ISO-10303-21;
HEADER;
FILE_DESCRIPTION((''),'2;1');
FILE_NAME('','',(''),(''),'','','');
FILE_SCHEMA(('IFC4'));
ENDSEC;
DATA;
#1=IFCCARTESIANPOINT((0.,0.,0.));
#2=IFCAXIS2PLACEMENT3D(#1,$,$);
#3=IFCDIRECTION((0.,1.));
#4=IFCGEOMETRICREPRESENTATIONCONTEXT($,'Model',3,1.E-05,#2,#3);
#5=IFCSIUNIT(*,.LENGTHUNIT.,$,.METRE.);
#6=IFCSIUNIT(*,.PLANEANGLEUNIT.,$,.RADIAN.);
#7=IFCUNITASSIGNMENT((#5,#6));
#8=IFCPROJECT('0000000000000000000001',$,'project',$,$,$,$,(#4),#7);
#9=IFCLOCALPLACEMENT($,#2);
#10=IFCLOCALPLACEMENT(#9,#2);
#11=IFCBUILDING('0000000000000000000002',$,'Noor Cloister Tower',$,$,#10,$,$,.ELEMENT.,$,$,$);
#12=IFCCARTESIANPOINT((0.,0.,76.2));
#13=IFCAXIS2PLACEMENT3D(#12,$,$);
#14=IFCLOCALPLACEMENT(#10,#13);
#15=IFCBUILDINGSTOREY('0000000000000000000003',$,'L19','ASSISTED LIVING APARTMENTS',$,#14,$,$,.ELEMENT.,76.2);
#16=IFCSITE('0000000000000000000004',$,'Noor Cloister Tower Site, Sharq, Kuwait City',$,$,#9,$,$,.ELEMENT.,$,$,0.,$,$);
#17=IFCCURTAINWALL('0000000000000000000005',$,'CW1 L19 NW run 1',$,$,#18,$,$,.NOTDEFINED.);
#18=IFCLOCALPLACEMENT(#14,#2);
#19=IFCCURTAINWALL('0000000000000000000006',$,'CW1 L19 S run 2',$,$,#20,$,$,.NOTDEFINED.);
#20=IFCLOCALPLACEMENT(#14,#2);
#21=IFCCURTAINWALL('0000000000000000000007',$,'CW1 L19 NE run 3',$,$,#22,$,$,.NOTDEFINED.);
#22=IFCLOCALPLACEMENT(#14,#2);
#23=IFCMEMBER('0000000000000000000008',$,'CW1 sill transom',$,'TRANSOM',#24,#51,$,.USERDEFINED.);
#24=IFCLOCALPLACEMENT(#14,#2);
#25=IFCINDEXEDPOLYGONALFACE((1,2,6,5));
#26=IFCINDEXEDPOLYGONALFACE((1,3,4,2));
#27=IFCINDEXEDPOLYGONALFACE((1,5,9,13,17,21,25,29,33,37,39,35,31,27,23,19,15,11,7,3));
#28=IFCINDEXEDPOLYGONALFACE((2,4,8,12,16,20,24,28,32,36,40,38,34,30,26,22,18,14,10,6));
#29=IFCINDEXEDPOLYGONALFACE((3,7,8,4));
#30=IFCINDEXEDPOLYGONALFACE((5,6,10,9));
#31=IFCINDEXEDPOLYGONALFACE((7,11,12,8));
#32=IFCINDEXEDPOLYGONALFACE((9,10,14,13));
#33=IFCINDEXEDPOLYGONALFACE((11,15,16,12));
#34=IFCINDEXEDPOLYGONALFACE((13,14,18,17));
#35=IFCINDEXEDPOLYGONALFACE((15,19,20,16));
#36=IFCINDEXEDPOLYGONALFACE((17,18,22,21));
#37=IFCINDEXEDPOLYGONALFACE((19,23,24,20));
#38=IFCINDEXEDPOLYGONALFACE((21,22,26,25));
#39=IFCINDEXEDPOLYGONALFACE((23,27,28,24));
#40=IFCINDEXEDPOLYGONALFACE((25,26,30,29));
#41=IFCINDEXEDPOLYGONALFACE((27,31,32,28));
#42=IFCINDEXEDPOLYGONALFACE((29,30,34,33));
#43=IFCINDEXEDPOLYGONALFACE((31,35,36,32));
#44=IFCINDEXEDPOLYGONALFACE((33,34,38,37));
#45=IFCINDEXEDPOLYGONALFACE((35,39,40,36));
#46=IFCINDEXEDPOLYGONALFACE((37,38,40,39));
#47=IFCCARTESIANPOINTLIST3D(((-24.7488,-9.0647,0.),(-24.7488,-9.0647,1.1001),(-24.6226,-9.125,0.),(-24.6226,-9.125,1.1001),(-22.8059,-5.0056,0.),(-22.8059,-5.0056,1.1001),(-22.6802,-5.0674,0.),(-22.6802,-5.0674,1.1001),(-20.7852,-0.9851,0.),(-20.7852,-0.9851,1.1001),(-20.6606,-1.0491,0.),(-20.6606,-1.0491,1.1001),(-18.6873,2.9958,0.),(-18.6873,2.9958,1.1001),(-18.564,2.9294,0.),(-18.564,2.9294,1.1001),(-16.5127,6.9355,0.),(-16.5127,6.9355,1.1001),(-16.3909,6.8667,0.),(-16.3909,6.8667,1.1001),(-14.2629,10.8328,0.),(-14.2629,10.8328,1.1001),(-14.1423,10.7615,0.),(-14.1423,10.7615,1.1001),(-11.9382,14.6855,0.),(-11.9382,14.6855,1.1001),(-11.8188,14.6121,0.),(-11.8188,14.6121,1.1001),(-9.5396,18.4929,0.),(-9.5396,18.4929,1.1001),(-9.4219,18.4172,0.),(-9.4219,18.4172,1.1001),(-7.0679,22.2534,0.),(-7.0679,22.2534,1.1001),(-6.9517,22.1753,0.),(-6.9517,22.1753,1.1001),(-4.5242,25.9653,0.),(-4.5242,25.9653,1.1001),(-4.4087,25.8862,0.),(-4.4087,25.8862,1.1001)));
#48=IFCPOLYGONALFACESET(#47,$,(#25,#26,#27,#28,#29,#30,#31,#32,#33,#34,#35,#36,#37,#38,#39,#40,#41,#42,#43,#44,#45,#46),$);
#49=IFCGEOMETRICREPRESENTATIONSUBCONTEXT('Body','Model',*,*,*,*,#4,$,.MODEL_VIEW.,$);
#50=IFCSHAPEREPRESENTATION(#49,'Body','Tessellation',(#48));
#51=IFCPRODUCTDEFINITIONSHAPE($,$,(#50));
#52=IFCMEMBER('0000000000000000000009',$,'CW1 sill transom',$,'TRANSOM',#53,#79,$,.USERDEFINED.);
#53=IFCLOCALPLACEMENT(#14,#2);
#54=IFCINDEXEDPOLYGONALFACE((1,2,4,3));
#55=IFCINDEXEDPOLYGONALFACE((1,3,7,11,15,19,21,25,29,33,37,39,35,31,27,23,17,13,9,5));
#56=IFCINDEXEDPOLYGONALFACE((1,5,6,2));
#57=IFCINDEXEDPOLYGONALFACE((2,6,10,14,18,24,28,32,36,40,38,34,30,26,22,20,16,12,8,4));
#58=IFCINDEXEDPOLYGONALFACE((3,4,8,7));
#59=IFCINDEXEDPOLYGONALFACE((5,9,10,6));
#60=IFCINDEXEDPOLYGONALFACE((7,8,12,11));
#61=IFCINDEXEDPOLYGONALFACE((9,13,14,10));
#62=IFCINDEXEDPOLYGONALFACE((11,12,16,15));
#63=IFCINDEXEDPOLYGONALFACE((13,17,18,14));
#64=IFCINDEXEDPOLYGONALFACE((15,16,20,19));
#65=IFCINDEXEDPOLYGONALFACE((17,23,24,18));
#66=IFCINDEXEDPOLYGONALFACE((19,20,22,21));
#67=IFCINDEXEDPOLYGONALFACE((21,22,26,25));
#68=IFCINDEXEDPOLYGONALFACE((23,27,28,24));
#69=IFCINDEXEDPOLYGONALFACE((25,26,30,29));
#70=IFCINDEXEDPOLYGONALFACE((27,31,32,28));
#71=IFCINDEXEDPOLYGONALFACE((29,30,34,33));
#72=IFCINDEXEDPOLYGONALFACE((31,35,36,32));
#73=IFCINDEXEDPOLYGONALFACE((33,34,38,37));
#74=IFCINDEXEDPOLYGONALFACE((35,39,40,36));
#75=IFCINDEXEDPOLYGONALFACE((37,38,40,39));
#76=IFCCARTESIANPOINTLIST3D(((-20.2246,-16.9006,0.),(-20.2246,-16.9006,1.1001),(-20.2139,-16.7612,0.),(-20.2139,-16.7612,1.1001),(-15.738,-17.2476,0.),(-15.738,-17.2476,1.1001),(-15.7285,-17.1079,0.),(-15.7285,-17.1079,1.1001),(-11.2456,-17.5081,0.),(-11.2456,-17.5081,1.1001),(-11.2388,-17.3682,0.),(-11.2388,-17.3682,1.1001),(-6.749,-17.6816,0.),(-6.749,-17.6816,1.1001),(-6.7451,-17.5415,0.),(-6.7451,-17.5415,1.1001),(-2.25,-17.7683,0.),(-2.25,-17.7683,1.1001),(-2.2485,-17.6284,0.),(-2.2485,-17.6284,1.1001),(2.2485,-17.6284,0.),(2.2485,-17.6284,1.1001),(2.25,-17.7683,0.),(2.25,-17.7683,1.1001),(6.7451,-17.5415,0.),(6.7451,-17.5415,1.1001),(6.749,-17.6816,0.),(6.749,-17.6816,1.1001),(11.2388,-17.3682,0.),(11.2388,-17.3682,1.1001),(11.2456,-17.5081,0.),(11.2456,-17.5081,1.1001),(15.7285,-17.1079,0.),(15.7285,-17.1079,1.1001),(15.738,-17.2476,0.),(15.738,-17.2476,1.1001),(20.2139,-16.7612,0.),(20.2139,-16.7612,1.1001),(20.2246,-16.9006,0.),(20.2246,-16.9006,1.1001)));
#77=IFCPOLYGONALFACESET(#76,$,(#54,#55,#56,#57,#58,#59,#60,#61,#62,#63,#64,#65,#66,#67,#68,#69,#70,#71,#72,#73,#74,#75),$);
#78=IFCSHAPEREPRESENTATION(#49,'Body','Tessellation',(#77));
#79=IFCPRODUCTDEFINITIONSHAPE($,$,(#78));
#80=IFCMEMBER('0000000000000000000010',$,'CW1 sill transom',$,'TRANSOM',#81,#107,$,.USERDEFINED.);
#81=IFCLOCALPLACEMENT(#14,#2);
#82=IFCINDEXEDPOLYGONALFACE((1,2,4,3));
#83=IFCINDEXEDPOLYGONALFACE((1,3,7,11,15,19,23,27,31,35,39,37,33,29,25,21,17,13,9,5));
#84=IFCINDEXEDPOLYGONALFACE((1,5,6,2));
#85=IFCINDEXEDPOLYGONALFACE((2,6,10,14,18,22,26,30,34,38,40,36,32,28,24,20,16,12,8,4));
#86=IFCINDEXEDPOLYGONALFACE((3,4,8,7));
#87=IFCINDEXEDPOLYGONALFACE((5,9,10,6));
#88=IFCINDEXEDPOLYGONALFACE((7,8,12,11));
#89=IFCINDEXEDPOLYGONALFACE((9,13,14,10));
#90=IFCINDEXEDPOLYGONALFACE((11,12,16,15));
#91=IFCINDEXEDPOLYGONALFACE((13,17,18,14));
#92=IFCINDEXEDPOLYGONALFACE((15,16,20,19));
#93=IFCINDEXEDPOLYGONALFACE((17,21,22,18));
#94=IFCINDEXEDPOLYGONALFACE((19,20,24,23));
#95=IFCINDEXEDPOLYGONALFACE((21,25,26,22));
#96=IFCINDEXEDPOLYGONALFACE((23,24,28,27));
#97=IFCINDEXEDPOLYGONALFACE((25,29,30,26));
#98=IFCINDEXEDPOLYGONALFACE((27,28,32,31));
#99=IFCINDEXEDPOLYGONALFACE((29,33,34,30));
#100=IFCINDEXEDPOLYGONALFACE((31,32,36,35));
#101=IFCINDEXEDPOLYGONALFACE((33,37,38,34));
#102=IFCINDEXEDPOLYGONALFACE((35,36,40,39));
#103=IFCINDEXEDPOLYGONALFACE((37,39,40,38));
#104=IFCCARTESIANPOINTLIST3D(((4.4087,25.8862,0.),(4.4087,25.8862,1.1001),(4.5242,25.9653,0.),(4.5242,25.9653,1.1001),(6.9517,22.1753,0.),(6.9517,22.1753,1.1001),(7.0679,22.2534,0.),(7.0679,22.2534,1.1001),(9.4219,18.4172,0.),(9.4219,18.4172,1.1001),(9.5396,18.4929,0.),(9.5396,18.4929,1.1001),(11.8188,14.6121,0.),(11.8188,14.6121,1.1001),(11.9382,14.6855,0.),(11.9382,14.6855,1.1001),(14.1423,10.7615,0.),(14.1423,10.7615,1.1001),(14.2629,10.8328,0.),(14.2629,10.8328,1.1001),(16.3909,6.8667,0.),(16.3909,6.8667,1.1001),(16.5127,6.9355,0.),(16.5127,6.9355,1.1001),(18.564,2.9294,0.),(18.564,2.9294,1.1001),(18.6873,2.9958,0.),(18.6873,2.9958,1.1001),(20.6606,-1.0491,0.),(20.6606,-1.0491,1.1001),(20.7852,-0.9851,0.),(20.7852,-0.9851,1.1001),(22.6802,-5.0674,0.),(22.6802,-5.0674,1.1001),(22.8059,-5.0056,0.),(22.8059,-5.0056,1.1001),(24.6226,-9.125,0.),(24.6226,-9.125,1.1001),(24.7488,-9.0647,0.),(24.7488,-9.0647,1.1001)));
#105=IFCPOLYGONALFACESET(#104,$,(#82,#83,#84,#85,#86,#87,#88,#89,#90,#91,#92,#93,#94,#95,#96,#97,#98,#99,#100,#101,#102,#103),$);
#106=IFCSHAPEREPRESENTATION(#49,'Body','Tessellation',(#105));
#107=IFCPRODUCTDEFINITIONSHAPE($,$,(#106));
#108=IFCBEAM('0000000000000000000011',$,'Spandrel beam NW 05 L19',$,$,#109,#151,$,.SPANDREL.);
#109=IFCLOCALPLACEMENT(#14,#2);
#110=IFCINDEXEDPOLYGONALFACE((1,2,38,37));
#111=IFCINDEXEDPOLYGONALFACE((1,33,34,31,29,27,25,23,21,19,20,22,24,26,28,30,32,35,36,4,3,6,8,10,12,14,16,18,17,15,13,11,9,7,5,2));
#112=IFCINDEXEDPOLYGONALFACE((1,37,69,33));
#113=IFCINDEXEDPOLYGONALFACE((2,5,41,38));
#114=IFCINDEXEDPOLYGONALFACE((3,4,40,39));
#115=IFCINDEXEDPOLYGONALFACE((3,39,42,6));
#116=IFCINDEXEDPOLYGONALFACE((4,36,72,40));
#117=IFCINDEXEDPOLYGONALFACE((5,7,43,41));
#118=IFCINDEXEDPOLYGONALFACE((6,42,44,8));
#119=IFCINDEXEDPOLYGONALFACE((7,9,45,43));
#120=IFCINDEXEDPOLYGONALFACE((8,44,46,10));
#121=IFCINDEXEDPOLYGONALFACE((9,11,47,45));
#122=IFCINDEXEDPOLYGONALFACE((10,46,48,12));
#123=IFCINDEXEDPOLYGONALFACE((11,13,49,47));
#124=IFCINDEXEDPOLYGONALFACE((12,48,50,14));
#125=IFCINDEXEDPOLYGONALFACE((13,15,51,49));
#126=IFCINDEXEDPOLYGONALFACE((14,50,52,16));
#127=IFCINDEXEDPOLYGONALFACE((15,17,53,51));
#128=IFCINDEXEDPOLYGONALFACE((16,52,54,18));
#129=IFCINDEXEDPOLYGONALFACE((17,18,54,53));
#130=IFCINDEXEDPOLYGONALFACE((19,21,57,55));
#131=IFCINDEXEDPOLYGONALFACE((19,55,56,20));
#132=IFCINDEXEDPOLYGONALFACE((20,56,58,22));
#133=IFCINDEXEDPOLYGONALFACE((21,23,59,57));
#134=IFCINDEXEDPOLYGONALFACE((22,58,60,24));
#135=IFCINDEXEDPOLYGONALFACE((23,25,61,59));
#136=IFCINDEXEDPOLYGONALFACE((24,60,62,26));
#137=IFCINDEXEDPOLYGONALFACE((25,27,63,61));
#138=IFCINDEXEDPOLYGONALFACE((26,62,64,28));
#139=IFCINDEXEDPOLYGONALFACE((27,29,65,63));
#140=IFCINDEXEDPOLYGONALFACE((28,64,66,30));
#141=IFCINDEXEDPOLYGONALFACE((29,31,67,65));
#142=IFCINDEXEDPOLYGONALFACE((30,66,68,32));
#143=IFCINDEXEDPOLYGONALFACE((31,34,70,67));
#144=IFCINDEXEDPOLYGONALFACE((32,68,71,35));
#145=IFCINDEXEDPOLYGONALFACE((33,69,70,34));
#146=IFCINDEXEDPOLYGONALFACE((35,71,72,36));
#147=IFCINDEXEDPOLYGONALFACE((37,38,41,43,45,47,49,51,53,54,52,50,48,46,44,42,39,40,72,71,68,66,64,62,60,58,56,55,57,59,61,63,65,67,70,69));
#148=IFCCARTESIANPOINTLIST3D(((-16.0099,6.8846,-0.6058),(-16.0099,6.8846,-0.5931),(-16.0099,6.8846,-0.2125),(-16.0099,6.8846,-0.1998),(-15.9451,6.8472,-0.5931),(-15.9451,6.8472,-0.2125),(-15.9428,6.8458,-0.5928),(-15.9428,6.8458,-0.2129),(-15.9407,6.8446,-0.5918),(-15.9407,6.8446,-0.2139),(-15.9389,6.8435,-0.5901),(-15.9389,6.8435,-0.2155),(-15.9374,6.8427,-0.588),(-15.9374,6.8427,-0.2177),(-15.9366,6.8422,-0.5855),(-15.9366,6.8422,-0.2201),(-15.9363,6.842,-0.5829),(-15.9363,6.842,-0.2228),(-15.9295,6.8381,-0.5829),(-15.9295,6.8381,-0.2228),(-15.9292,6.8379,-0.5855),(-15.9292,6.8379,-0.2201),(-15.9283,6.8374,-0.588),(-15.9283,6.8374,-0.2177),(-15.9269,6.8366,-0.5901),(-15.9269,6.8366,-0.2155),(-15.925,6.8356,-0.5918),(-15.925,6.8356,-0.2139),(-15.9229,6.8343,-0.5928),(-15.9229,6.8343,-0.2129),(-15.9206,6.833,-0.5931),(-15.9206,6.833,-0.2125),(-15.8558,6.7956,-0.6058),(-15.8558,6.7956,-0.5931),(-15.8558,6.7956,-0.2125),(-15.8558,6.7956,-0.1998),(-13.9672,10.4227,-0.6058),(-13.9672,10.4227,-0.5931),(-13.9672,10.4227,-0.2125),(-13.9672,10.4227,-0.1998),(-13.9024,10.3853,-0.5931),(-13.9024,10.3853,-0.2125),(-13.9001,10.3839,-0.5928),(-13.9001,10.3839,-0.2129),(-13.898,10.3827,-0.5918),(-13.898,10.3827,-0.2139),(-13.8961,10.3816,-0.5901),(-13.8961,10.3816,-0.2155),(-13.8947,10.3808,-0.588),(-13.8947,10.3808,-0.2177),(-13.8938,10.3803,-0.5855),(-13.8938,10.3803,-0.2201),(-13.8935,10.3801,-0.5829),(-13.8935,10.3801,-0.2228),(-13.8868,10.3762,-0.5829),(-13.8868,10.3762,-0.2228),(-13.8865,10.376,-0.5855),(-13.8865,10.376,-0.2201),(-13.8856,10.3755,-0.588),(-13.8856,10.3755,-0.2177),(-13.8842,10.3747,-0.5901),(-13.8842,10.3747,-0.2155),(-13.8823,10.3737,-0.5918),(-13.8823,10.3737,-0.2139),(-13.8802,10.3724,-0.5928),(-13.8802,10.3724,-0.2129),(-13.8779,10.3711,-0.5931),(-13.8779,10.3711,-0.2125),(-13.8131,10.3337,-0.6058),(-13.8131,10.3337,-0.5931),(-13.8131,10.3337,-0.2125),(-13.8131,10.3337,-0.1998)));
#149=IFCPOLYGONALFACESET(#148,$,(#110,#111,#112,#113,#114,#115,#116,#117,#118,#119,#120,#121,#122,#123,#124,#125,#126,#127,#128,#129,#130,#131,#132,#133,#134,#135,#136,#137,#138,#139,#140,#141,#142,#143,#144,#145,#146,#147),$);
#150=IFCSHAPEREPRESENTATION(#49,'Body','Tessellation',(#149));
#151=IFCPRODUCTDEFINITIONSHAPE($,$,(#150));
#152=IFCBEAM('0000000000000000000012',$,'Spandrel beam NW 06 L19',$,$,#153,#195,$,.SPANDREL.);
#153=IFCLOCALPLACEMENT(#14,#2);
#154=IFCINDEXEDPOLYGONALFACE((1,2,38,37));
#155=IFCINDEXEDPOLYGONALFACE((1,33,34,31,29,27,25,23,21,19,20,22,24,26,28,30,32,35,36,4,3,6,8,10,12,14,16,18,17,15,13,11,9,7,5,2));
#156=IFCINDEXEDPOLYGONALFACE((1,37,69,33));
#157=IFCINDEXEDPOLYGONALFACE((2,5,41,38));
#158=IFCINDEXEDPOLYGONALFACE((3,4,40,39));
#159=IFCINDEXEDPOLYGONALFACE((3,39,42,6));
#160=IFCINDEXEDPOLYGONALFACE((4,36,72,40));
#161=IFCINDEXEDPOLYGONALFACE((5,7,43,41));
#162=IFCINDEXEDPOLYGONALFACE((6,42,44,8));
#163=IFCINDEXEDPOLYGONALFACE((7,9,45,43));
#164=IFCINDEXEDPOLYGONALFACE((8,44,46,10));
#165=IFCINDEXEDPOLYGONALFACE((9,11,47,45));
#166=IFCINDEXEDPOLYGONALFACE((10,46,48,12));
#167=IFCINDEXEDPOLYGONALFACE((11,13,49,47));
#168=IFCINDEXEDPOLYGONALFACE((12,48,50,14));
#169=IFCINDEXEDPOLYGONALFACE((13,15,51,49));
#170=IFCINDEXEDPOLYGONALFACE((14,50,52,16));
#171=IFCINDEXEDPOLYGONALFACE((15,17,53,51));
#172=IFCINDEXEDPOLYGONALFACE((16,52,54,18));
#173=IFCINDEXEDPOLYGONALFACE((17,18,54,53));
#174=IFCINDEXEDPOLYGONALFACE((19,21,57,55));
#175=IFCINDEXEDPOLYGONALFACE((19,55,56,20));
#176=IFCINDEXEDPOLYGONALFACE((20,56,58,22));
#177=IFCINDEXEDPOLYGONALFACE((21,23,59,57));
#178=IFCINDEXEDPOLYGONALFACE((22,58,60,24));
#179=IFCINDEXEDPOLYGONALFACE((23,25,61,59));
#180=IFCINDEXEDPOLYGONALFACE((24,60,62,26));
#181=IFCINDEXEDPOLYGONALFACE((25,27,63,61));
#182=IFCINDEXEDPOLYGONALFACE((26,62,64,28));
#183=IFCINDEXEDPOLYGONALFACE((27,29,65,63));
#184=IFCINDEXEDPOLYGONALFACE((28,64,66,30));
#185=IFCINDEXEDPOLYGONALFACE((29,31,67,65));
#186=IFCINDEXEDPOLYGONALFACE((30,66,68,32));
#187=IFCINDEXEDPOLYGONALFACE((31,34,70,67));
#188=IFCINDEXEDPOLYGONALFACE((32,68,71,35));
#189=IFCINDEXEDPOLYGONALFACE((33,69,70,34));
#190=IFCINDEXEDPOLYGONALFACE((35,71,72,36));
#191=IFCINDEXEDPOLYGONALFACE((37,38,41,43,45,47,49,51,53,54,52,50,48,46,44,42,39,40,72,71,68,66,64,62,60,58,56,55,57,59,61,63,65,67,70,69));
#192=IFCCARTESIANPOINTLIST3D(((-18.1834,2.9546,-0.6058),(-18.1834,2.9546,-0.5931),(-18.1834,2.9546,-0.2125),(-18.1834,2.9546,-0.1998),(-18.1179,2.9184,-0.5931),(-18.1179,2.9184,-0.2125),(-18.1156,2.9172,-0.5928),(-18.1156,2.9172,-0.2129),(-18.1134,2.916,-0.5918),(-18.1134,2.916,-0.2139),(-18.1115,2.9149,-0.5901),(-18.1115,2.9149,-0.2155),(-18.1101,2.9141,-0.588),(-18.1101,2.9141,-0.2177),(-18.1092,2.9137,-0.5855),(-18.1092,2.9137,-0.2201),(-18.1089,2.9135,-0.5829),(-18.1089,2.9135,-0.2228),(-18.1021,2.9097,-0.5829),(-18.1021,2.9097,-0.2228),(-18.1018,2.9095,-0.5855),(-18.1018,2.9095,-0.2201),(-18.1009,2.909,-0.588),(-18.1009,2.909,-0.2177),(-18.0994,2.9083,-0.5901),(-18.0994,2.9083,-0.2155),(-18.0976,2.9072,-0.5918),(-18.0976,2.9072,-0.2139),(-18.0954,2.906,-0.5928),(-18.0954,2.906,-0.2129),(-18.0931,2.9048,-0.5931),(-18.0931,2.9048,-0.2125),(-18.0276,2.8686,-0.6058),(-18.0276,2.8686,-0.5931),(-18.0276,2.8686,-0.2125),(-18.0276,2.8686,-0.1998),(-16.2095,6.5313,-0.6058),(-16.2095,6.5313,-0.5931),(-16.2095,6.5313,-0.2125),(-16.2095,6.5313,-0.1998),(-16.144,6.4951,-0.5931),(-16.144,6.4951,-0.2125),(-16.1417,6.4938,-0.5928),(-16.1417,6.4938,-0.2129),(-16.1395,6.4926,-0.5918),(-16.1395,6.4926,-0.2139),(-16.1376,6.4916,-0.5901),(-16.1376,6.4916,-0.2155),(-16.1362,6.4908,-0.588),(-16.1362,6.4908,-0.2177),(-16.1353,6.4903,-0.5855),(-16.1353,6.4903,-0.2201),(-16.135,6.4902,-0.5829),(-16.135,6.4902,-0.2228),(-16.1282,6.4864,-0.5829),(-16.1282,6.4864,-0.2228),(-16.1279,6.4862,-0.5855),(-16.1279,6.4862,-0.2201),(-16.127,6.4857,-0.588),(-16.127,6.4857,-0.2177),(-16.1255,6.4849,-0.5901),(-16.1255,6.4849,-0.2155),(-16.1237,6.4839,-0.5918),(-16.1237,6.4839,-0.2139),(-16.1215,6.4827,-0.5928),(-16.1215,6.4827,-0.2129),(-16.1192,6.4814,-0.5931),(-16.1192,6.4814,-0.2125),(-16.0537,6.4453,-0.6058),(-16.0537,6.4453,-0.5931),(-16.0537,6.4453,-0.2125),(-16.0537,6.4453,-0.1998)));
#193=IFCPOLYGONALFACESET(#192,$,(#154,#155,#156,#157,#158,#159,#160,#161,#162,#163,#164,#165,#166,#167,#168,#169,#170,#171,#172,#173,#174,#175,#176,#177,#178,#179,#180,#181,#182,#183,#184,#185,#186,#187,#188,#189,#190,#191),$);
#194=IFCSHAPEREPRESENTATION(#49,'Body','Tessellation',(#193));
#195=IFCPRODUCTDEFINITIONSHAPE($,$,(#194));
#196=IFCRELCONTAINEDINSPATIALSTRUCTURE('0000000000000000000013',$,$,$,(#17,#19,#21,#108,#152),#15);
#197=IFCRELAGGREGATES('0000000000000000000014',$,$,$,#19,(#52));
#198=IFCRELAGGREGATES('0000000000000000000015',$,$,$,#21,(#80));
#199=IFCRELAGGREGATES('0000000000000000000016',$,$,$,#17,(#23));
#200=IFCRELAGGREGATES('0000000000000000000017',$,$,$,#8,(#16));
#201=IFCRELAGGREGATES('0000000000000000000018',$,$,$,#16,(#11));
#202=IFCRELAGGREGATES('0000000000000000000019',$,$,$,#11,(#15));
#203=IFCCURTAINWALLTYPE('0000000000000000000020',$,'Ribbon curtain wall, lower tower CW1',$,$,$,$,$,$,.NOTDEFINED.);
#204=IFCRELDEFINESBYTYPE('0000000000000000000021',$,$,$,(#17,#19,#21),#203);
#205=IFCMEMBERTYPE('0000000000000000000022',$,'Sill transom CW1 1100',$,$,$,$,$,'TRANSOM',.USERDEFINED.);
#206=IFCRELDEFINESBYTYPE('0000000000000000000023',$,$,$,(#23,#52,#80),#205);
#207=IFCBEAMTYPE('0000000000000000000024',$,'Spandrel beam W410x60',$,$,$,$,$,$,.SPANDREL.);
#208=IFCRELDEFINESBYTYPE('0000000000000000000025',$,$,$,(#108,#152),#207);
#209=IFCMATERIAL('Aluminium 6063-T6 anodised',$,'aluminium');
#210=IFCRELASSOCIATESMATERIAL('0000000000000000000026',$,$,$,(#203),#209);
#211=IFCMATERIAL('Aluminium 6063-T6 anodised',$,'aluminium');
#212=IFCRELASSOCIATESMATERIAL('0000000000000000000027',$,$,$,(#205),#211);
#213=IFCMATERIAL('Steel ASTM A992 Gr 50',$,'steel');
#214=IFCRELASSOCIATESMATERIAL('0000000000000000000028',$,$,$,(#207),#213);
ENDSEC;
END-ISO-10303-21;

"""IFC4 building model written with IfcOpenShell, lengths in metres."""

from ifc_helpers import new_model, si_unit, direction, frame, origin, origin_2d, place, context, subcontext, project, spatial, polyline, i_section, outline, extrude, material, material_profile, profile_set, type_object, element, aggregate, save


model = new_model("IFC4")

# Units and contexts
model_context = context("Model", 3, precision=1e-05, world=origin(), true_north=direction((0.0, 1.0)))
body_context = subcontext(model_context, "Body", "Model", "MODEL_VIEW")
ifc_project = project(units=[si_unit("LENGTHUNIT", "METRE"), si_unit("PLANEANGLEUNIT", "RADIAN")], contexts=[model_context])

# Site, building, storey
site_placement = place(None, origin())
site = spatial("IfcSite", under=ifc_project, at=site_placement, Name="Noor Cloister Tower Site, Sharq, Kuwait City", CompositionType="ELEMENT", RefElevation=0.0)
building_placement = place(site_placement, origin())
building = spatial("IfcBuilding", under=site, at=building_placement, Name="Noor Cloister Tower", CompositionType="ELEMENT")
storey_placement = place(building_placement, frame((0.0, 0.0, 76.2)))
storey = spatial("IfcBuildingStorey", under=building, at=storey_placement, Name="L19", Description="ASSISTED LIVING APARTMENTS", CompositionType="ELEMENT", Elevation=76.2)

# Curtain walls
ifc_material_1 = material(Name="Aluminium 6063-T6 anodised", Category="aluminium")
curtain_wall_type = type_object("IfcCurtainWallType", Name="Ribbon curtain wall, lower tower CW1", PredefinedType="NOTDEFINED", material=ifc_material_1)
curtain_wall_1_placement = place(storey_placement, origin())
curtain_wall_1 = element("IfcCurtainWall", 1, at=curtain_wall_1_placement, inside=storey, type_object=curtain_wall_type, Name="CW1 L19 NW run 1", PredefinedType="NOTDEFINED")
curtain_wall_2_placement = place(storey_placement, origin())
curtain_wall_2 = element("IfcCurtainWall", 2, at=curtain_wall_2_placement, inside=storey, type_object=curtain_wall_type, Name="CW1 L19 S run 2", PredefinedType="NOTDEFINED")
curtain_wall_3_placement = place(storey_placement, origin())
curtain_wall_3 = element("IfcCurtainWall", 3, at=curtain_wall_3_placement, inside=storey, type_object=curtain_wall_type, Name="CW1 L19 NE run 3", PredefinedType="NOTDEFINED")

# Members
ifc_material_2 = material(Name="Aluminium 6063-T6 anodised", Category="aluminium")
member_type_1 = type_object("IfcMemberType", Name="Sill transom CW1 1100", ElementType="TRANSOM", PredefinedType="USERDEFINED", material=ifc_material_2)
member_1_placement = place(storey_placement, origin())
member_1 = element("IfcMember", 4, at=member_1_placement, type_object=member_type_1, Name="CW1 sill transom", ObjectType="TRANSOM", PredefinedType="USERDEFINED", context=body_context, shape_type="SweptSolid", body=[
    extrude(outline(polyline([(-4.5242, 25.9653), (-7.0679, 22.2534), (-9.5396, 18.4929), (-11.9382, 14.6855), (-14.2629, 10.8328), (-16.5127, 6.9355), (-18.6873, 2.9958), (-20.7852, -0.9851), (-22.8059, -5.0056), (-24.7488, -9.0647), (-24.6226, -9.125), (-22.6802, -5.0674), (-20.6606, -1.0491), (-18.564, 2.9294), (-16.3909, 6.8667), (-14.1423, 10.7615), (-11.8188, 14.6121), (-9.4219, 18.4172), (-6.9517, 22.1753), (-4.4087, 25.8862), (-4.5242, 25.9653)])), origin(), (0.0, 0.0, 1.0), 1.1001),
])
member_2_placement = place(storey_placement, origin())
member_2 = element("IfcMember", 5, at=member_2_placement, type_object=member_type_1, Name="CW1 sill transom", ObjectType="TRANSOM", PredefinedType="USERDEFINED", context=body_context, shape_type="SweptSolid", body=[
    extrude(outline(polyline([(-20.2246, -16.9006), (-15.738, -17.2476), (-11.2456, -17.5081), (-6.749, -17.6816), (-2.25, -17.7683), (2.25, -17.7683), (6.749, -17.6816), (11.2456, -17.5081), (15.738, -17.2476), (20.2246, -16.9006), (20.2139, -16.7612), (15.7285, -17.1079), (11.2388, -17.3682), (6.7451, -17.5415), (2.2485, -17.6284), (-2.2485, -17.6284), (-6.7451, -17.5415), (-11.2388, -17.3682), (-15.7285, -17.1079), (-20.2139, -16.7612), (-20.2246, -16.9006)])), origin(), (0.0, 0.0, 1.0), 1.1001),
])
aggregate(curtain_wall_2, [member_2])
member_3_placement = place(storey_placement, origin())
member_3 = element("IfcMember", 6, at=member_3_placement, type_object=member_type_1, Name="CW1 sill transom", ObjectType="TRANSOM", PredefinedType="USERDEFINED", context=body_context, shape_type="SweptSolid", body=[
    extrude(outline(polyline([(24.7488, -9.0647), (22.8059, -5.0056), (20.7852, -0.9851), (18.6873, 2.9958), (16.5127, 6.9355), (14.2629, 10.8328), (11.9382, 14.6855), (9.5396, 18.4929), (7.0679, 22.2534), (4.5242, 25.9653), (4.4087, 25.8862), (6.9517, 22.1753), (9.4219, 18.4172), (11.8188, 14.6121), (14.1423, 10.7615), (16.3909, 6.8667), (18.564, 2.9294), (20.6606, -1.0491), (22.6802, -5.0674), (24.6226, -9.125), (24.7488, -9.0647)])), origin(), (0.0, 0.0, 1.0), 1.1001),
])
aggregate(curtain_wall_3, [member_3])

# Beams
ifc_material_3 = material(Name="Steel ASTM A992 Gr 50", Category="steel")
ifc_material_profile_1 = material_profile(ifc_material_3, i_section(OverallWidth=0.178, OverallDepth=0.406, WebThickness=0.0078, FlangeThickness=0.0127, FilletRadius=0.0103, at=origin_2d()), Name="W410x60")
ifc_profile_set_1 = profile_set([ifc_material_profile_1], Name="Steel ASTM A992 Gr 50")
beam_type_1 = type_object("IfcBeamType", Name="Spandrel beam W410x60", PredefinedType="SPANDREL", material=ifc_profile_set_1)
beam_1_placement = place(storey_placement, frame((-13.8901, 10.3782, -0.4028), z_axis=(-0.500002, -0.866024, 0.0), x_axis=(0.866024, -0.500002, 0.0)))
element("IfcBeam", 7, at=beam_1_placement, inside=storey, type_object=beam_type_1, Name="Spandrel beam NW 05 L19", PredefinedType="SPANDREL", context=body_context, shape_type="SweptSolid", body=[
    extrude(i_section(OverallWidth=0.178, OverallDepth=0.406, WebThickness=0.0078, FlangeThickness=0.0127, FilletRadius=0.0103, at=origin_2d()), origin(), (0.0, 0.0, 1.0), 4.0854),
])
beam_2_placement = place(storey_placement, frame((-16.1316, 6.4883, -0.4028), z_axis=(-0.48318, -0.875521, 0.0), x_axis=(0.875521, -0.48318, 0.0)))
element("IfcBeam", 8, at=beam_2_placement, inside=storey, type_object=beam_type_1, Name="Spandrel beam NW 06 L19", PredefinedType="SPANDREL", context=body_context, shape_type="SweptSolid", body=[
    extrude(i_section(OverallWidth=0.178, OverallDepth=0.406, WebThickness=0.0078, FlangeThickness=0.0127, FilletRadius=0.0103, at=origin_2d()), origin(), (0.0, 0.0, 1.0), 4.0852),
])

aggregate(curtain_wall_1, [member_1])

save(model, "model.ifc")
